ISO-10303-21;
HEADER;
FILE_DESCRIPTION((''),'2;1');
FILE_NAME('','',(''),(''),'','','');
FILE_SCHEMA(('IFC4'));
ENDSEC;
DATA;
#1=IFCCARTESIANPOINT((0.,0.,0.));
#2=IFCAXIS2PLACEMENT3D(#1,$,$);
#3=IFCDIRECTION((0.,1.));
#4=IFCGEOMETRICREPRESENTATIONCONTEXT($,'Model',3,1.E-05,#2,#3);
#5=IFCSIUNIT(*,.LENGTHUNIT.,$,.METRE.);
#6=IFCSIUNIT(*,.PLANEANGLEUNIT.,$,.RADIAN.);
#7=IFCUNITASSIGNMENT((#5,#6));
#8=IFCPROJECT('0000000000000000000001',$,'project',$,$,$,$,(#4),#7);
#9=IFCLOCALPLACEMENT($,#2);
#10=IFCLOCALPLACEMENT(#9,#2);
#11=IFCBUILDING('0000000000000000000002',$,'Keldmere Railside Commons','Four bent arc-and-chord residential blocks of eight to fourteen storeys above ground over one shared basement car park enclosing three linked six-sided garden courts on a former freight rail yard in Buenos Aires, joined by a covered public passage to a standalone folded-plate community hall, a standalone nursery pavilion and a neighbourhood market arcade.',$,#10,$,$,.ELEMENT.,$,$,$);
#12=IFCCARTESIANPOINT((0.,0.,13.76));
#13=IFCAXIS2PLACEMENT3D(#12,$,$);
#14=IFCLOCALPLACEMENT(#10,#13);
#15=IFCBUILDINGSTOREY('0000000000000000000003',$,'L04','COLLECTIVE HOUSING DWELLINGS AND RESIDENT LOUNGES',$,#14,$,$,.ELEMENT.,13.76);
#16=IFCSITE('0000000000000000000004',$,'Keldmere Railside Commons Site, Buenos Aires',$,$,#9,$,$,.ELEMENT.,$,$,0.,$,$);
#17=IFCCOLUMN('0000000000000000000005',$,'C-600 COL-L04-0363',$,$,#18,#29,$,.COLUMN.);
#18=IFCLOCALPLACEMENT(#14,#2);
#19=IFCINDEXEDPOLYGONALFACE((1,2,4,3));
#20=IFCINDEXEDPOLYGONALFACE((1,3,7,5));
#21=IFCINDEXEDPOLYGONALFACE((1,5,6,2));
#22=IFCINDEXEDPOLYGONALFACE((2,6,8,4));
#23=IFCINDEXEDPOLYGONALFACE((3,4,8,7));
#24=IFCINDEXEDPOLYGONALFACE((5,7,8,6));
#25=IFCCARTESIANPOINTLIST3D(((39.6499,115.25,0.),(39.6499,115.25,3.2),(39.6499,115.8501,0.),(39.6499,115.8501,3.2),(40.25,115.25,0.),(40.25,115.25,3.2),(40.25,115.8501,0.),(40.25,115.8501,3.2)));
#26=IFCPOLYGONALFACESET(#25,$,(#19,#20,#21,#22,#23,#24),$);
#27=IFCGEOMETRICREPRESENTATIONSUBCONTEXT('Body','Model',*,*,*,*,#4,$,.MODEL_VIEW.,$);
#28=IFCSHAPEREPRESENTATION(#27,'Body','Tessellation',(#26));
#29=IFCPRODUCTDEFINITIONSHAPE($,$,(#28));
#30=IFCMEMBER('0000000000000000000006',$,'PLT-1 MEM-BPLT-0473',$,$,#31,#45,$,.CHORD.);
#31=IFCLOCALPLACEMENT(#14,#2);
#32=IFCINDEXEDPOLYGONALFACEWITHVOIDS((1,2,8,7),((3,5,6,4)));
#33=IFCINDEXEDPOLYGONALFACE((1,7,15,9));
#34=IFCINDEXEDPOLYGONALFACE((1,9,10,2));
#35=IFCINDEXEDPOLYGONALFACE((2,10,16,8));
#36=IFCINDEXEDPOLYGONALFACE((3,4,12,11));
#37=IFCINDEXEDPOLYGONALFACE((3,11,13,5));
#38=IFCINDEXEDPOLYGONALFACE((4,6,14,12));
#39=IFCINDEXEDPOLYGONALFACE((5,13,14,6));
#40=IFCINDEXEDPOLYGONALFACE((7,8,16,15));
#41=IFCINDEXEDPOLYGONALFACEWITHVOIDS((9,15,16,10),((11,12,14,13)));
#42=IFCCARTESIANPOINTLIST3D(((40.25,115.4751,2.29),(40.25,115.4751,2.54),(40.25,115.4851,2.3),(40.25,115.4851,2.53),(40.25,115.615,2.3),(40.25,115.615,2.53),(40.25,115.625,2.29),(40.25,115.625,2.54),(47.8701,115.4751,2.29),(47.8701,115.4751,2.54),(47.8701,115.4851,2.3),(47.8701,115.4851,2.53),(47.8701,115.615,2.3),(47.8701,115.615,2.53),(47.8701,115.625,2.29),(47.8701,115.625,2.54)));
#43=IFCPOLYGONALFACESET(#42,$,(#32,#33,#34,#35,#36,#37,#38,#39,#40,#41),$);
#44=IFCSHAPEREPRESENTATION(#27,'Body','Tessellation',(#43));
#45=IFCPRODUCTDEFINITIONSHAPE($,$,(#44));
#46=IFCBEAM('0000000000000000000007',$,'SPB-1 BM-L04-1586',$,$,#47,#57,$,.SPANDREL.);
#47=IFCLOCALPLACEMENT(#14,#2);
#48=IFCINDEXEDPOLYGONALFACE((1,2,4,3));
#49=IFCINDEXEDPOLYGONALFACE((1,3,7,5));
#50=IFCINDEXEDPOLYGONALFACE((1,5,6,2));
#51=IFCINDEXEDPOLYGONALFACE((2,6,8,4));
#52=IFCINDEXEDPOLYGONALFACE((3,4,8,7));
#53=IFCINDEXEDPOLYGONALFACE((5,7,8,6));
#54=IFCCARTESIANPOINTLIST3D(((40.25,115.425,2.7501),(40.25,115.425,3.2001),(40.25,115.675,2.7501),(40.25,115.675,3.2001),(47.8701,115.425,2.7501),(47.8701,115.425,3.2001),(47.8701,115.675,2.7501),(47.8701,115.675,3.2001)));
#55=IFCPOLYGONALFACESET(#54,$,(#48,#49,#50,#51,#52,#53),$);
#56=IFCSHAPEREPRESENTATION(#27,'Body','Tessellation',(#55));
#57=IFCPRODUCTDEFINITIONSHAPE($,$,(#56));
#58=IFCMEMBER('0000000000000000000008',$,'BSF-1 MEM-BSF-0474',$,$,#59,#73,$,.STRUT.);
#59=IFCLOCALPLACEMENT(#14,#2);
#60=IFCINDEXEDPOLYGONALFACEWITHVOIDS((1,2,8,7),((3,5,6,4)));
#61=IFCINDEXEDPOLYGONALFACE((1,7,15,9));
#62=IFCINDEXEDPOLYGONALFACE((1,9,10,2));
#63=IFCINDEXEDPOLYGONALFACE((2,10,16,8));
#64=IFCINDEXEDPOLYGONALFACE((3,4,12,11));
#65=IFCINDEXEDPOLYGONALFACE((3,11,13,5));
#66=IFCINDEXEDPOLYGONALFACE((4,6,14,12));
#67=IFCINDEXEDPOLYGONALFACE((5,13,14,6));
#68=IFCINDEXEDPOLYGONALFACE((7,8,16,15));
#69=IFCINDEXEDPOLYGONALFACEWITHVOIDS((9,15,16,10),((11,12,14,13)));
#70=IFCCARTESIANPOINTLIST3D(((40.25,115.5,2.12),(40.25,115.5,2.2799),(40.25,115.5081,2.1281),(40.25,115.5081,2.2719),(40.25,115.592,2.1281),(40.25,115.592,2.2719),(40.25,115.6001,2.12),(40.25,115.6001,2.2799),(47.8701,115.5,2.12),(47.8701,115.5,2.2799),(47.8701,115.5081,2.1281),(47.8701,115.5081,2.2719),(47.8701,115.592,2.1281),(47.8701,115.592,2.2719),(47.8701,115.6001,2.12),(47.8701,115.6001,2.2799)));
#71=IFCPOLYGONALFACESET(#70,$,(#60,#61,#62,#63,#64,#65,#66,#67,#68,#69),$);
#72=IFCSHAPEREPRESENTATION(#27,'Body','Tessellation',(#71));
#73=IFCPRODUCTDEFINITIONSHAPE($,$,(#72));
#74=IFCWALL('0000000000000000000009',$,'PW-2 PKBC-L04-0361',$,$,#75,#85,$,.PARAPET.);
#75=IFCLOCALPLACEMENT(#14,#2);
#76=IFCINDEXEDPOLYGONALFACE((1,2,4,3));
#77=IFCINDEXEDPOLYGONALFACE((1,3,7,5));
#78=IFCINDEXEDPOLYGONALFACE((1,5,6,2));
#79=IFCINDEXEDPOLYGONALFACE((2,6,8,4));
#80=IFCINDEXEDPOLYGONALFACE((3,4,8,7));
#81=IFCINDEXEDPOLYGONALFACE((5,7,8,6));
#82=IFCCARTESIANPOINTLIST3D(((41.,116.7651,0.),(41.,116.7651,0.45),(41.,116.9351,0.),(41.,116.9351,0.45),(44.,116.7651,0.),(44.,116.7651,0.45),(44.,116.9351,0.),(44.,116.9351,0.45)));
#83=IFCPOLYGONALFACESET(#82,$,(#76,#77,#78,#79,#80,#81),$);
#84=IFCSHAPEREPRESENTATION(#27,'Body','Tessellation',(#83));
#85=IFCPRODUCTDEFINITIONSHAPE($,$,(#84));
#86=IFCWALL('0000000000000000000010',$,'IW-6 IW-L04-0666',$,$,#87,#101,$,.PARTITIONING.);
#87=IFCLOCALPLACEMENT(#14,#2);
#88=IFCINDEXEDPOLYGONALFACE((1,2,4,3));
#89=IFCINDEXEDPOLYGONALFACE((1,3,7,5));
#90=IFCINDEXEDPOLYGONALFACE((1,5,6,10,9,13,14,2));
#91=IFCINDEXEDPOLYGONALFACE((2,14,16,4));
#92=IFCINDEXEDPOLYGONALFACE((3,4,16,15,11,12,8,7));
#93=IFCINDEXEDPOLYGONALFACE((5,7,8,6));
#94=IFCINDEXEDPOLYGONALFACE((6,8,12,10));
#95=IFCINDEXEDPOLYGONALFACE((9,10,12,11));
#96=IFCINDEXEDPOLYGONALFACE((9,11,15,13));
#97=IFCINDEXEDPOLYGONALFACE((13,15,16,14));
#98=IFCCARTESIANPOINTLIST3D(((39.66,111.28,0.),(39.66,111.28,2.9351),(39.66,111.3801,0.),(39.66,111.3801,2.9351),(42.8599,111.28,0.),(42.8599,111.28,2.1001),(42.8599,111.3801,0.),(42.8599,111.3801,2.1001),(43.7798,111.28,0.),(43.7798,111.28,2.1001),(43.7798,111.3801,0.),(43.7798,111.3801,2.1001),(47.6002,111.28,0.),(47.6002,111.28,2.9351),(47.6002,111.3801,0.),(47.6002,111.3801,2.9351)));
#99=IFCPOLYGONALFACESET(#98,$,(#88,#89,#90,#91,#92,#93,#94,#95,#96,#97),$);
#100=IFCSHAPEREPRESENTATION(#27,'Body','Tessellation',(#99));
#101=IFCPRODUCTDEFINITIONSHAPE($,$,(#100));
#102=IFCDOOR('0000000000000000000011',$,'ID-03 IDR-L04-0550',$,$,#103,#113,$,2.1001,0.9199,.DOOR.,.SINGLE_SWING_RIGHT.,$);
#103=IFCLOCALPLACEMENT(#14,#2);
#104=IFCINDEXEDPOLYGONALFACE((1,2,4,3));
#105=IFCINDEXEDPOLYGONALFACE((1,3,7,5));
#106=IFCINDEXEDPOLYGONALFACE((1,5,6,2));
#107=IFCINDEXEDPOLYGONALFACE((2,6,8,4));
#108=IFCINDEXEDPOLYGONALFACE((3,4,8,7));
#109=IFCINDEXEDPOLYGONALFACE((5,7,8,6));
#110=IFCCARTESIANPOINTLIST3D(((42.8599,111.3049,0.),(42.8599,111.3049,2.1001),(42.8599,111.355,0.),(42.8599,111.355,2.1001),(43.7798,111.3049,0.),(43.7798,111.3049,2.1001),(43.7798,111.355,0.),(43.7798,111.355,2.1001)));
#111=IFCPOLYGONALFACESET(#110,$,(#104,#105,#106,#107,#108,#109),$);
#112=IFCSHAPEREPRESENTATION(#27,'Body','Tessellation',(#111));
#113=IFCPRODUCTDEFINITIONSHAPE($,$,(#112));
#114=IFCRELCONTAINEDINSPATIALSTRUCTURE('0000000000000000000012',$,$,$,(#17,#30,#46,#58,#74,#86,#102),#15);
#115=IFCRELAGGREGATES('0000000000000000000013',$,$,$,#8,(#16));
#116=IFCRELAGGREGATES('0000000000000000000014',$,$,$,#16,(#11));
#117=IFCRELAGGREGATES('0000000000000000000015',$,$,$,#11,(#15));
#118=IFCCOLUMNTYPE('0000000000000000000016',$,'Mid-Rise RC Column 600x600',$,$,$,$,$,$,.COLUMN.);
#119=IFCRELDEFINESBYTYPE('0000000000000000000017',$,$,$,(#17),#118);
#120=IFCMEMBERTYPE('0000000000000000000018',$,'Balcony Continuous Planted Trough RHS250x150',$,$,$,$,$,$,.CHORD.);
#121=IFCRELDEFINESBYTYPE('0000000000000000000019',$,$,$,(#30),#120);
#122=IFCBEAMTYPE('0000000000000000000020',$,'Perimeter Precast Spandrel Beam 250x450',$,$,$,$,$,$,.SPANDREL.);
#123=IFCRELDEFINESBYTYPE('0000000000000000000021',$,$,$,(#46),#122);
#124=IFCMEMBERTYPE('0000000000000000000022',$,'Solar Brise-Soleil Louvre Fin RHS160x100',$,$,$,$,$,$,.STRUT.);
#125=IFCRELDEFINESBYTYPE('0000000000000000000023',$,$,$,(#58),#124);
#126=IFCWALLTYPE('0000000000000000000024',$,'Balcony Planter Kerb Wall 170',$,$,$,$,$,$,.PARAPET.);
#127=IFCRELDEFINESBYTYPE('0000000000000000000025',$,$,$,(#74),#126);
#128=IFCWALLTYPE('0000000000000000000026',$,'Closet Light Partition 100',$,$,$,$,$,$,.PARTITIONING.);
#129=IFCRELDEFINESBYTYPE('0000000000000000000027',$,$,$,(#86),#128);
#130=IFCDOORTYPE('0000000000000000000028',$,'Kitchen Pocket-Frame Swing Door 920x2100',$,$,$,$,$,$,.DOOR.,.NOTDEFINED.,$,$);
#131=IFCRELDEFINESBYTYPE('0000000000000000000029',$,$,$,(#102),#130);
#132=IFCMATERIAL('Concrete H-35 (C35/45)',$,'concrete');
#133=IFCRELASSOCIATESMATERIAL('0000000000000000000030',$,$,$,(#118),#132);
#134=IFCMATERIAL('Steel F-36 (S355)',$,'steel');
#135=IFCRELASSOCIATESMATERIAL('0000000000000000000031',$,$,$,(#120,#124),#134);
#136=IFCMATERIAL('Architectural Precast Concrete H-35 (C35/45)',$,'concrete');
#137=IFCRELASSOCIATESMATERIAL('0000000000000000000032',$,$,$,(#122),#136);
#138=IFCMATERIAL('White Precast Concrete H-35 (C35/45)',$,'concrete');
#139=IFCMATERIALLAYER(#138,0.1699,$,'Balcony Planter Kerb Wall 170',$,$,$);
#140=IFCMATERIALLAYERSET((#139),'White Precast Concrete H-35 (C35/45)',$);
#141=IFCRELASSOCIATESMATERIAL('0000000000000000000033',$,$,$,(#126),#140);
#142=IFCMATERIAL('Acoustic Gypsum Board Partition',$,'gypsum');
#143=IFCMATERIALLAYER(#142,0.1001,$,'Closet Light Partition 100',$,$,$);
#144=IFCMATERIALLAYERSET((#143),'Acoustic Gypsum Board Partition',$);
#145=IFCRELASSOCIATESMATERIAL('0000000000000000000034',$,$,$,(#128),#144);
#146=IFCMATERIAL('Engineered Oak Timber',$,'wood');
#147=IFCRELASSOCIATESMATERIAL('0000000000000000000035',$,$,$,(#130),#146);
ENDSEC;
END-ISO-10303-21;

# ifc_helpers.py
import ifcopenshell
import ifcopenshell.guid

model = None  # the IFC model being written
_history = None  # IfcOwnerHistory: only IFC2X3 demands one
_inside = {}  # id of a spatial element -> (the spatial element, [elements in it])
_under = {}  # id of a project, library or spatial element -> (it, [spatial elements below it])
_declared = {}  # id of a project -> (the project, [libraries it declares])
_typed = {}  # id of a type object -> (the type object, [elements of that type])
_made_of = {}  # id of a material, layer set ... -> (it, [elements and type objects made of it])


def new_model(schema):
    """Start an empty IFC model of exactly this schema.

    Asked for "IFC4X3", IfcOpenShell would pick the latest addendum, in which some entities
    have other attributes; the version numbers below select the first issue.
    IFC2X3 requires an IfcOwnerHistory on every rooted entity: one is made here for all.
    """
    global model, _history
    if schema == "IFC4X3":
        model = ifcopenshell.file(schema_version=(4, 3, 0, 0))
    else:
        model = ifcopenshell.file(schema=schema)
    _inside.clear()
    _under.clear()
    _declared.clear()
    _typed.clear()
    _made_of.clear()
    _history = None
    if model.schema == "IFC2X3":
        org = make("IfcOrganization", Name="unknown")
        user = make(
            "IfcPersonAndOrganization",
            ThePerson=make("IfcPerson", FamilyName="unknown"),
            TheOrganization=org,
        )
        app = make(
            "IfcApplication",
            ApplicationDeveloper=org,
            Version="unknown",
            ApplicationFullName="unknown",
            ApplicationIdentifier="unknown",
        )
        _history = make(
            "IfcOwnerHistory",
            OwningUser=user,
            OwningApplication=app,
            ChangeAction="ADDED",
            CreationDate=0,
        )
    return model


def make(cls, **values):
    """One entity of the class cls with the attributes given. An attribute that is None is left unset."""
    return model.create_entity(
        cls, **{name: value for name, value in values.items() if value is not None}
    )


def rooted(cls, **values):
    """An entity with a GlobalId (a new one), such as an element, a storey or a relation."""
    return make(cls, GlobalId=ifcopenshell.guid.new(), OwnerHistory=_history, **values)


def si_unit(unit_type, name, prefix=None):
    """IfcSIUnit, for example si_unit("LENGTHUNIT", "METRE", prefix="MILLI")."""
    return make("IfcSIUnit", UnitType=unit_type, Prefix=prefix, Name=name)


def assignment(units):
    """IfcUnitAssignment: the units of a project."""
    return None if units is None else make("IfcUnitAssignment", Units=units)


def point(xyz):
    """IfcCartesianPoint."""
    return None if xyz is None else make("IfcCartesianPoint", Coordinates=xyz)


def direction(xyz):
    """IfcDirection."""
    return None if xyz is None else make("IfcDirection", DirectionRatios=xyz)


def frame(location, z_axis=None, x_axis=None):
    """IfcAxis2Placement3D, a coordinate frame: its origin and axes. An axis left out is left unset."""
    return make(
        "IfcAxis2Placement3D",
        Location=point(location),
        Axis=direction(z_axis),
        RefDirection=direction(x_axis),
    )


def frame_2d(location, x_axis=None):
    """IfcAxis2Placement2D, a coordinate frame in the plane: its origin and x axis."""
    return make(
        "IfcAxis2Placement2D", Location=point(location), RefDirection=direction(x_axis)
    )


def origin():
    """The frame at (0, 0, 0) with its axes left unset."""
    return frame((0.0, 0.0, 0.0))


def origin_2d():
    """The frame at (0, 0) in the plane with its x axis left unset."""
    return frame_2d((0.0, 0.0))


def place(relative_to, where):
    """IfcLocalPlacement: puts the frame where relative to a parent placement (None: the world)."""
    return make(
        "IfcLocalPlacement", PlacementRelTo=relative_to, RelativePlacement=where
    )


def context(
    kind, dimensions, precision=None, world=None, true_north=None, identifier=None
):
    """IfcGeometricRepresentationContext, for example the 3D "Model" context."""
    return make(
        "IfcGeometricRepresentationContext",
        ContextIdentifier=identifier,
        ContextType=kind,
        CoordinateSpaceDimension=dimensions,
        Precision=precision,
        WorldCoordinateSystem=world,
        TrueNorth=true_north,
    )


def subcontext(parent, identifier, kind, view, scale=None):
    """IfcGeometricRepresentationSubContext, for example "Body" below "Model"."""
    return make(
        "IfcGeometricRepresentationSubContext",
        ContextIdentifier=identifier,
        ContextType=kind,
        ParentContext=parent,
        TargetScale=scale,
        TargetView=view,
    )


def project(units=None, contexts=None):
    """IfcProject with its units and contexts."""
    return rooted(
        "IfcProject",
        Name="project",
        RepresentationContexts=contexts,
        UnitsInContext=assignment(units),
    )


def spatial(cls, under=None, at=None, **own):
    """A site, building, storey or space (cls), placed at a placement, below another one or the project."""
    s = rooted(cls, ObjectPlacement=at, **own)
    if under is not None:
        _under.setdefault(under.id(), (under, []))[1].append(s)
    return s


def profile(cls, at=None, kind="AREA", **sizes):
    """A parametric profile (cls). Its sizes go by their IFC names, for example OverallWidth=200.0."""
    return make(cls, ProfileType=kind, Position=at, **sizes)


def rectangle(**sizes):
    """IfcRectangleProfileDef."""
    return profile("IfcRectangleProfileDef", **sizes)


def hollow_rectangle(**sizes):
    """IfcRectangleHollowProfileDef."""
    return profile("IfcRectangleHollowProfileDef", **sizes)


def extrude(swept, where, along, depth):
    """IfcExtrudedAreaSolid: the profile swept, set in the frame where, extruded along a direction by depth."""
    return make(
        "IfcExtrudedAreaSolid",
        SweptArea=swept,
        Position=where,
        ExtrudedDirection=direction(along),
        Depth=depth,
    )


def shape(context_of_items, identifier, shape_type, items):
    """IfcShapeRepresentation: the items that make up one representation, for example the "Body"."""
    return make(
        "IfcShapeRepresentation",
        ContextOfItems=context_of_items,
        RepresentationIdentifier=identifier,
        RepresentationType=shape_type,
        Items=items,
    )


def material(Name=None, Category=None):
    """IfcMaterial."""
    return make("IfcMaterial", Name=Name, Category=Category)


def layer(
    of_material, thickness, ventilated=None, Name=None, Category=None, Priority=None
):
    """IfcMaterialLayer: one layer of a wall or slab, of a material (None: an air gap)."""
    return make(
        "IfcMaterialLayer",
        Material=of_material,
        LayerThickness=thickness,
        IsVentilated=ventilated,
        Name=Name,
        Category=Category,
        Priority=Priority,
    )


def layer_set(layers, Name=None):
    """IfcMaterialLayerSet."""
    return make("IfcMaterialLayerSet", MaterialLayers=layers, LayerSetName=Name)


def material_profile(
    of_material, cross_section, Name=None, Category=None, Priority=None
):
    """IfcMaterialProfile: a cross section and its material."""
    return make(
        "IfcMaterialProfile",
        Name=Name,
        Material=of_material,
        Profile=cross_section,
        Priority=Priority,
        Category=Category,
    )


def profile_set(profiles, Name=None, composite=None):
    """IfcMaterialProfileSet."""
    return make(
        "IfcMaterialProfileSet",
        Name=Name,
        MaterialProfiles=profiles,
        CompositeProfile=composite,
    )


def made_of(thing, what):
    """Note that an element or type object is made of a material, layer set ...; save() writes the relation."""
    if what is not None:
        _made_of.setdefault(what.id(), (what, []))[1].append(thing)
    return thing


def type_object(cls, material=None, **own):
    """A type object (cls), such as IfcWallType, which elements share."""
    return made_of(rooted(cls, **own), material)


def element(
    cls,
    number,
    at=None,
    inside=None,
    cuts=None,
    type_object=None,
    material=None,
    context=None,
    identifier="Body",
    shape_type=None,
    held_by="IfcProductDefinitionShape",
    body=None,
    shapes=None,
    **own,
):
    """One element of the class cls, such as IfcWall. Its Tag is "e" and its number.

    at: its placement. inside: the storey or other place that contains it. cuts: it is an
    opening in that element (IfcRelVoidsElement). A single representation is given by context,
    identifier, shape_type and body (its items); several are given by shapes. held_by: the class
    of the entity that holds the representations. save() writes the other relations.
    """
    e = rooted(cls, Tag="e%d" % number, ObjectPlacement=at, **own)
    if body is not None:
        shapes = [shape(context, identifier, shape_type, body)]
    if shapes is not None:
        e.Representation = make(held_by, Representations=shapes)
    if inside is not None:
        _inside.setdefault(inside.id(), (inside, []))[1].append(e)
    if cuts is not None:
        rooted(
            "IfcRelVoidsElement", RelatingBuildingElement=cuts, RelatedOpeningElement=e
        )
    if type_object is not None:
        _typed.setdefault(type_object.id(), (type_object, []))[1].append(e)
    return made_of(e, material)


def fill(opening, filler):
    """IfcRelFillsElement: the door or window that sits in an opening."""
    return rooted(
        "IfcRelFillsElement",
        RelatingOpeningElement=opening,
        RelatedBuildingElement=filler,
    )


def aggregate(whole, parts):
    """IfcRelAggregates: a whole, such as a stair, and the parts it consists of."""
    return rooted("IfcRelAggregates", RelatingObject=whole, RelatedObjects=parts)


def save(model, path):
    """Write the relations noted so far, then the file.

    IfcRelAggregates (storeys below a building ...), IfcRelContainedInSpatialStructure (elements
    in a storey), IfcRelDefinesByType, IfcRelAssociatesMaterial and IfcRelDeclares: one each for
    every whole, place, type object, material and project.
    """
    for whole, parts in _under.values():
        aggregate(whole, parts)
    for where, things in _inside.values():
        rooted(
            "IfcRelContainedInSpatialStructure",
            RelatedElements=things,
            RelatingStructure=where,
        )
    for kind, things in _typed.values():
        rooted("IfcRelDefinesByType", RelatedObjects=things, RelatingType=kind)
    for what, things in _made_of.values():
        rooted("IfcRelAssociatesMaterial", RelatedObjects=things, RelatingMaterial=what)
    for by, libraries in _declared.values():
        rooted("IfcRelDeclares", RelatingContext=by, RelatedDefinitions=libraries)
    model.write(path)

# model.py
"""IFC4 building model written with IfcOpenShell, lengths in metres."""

from ifc_helpers import new_model, si_unit, direction, frame, frame_2d, origin, origin_2d, place, context, subcontext, project, spatial, rectangle, hollow_rectangle, extrude, material, layer, layer_set, material_profile, profile_set, type_object, element, fill, save


model = new_model("IFC4")

# Units and contexts
model_context = context("Model", 3, precision=1e-05, world=origin(), true_north=direction((0.0, 1.0)))
body_context = subcontext(model_context, "Body", "Model", "MODEL_VIEW")
ifc_project = project(units=[si_unit("LENGTHUNIT", "METRE"), si_unit("PLANEANGLEUNIT", "RADIAN")], contexts=[model_context])

# Site, building, storey
site_placement = place(None, origin())
site = spatial("IfcSite", under=ifc_project, at=site_placement, Name="Keldmere Railside Commons Site, Buenos Aires", CompositionType="ELEMENT", RefElevation=0.0)
building_placement = place(site_placement, origin())
building = spatial("IfcBuilding", under=site, at=building_placement, Name="Keldmere Railside Commons", Description="Four bent arc-and-chord residential blocks of eight to fourteen storeys above ground over one shared basement car park enclosing three linked six-sided garden courts on a former freight rail yard in Buenos Aires, joined by a covered public passage to a standalone folded-plate community hall, a standalone nursery pavilion and a neighbourhood market arcade.", CompositionType="ELEMENT")
storey_placement = place(building_placement, frame((0.0, 0.0, 13.76)))
storey = spatial("IfcBuildingStorey", under=building, at=storey_placement, Name="L04", Description="COLLECTIVE HOUSING DWELLINGS AND RESIDENT LOUNGES", CompositionType="ELEMENT", Elevation=13.76)

# Column
ifc_material_1 = material(Name="Concrete H-35 (C35/45)", Category="concrete")
ifc_material_profile_1 = material_profile(ifc_material_1, rectangle(XDim=0.6001, YDim=0.6001, at=origin_2d()), Name="RC-600x600")
ifc_profile_set_1 = profile_set([ifc_material_profile_1], Name="Concrete H-35 (C35/45)")
column_type = type_object("IfcColumnType", Name="Mid-Rise RC Column 600x600", PredefinedType="COLUMN", material=ifc_profile_set_1)
column_placement = place(storey_placement, frame((39.95, 115.55, 0.0), z_axis=(0.0, 0.0, 1.0), x_axis=(1.0, 0.0, 0.0)))
element("IfcColumn", 1, at=column_placement, inside=storey, type_object=column_type, Name="C-600 COL-L04-0363", PredefinedType="COLUMN", context=body_context, shape_type="SweptSolid", body=[
    extrude(rectangle(XDim=0.6001, YDim=0.6001, at=origin_2d()), origin(), (0.0, 0.0, 1.0), 3.2),
])

# Member
ifc_material_2 = material(Name="Steel F-36 (S355)", Category="steel")
ifc_material_profile_2 = material_profile(ifc_material_2, hollow_rectangle(XDim=0.1499, YDim=0.25, WallThickness=0.01, at=origin_2d()), Name="RHS-250x150x10")
ifc_profile_set_2 = profile_set([ifc_material_profile_2], Name="Steel F-36 (S355)")
member_type_1 = type_object("IfcMemberType", Name="Balcony Continuous Planted Trough RHS250x150", PredefinedType="CHORD", material=ifc_profile_set_2)
member_1_placement = place(storey_placement, frame((40.25, 115.55, 2.415), z_axis=(1.0, 0.0, 0.0), x_axis=(0.0, 1.0, 0.0)))
element("IfcMember", 2, at=member_1_placement, inside=storey, type_object=member_type_1, Name="PLT-1 MEM-BPLT-0473", PredefinedType="CHORD", context=body_context, shape_type="SweptSolid", body=[
    extrude(hollow_rectangle(XDim=0.1499, YDim=0.25, WallThickness=0.01, at=origin_2d()), origin(), (0.0, 0.0, 1.0), 7.6201),
])

# Beam
ifc_material_3 = material(Name="Architectural Precast Concrete H-35 (C35/45)", Category="concrete")
ifc_material_profile_3 = material_profile(ifc_material_3, rectangle(XDim=0.25, YDim=0.45, at=origin_2d()), Name="RC-250x450")
ifc_profile_set_3 = profile_set([ifc_material_profile_3], Name="Architectural Precast Concrete H-35 (C35/45)")
beam_type = type_object("IfcBeamType", Name="Perimeter Precast Spandrel Beam 250x450", PredefinedType="SPANDREL", material=ifc_profile_set_3)
beam_placement = place(storey_placement, frame((40.25, 115.55, 2.9751), z_axis=(1.0, 0.0, 0.0), x_axis=(0.0, 1.0, 0.0)))
element("IfcBeam", 3, at=beam_placement, inside=storey, type_object=beam_type, Name="SPB-1 BM-L04-1586", PredefinedType="SPANDREL", context=body_context, shape_type="SweptSolid", body=[
    extrude(rectangle(XDim=0.25, YDim=0.45, at=origin_2d()), origin(), (0.0, 0.0, 1.0), 7.6201),
])

# Member
ifc_material_profile_4 = material_profile(ifc_material_2, hollow_rectangle(XDim=0.1001, YDim=0.1599, WallThickness=0.0081, at=origin_2d()), Name="RHS-160x100x8")
ifc_profile_set_4 = profile_set([ifc_material_profile_4], Name="Steel F-36 (S355)")
member_type_2 = type_object("IfcMemberType", Name="Solar Brise-Soleil Louvre Fin RHS160x100", PredefinedType="STRUT", material=ifc_profile_set_4)
member_2_placement = place(storey_placement, frame((40.25, 115.55, 2.2), z_axis=(1.0, 0.0, 0.0), x_axis=(0.0, 1.0, 0.0)))
element("IfcMember", 4, at=member_2_placement, inside=storey, type_object=member_type_2, Name="BSF-1 MEM-BSF-0474", PredefinedType="STRUT", context=body_context, shape_type="SweptSolid", body=[
    extrude(hollow_rectangle(XDim=0.1001, YDim=0.1599, WallThickness=0.0081, at=origin_2d()), origin(), (0.0, 0.0, 1.0), 7.6201),
])

# Wall
ifc_material_4 = material(Name="White Precast Concrete H-35 (C35/45)", Category="concrete")
ifc_layer_1 = layer(ifc_material_4, 0.1699, Name="Balcony Planter Kerb Wall 170")
ifc_layer_set_1 = layer_set([ifc_layer_1], Name="White Precast Concrete H-35 (C35/45)")
wall_type_1 = type_object("IfcWallType", Name="Balcony Planter Kerb Wall 170", PredefinedType="PARAPET", material=ifc_layer_set_1)
wall_1_placement = place(storey_placement, frame((41.0, 116.8501, 0.0), z_axis=(0.0, 0.0, 1.0), x_axis=(1.0, 0.0, 0.0)))
element("IfcWall", 5, at=wall_1_placement, inside=storey, type_object=wall_type_1, Name="PW-2 PKBC-L04-0361", PredefinedType="PARAPET", context=body_context, shape_type="SweptSolid", body=[
    extrude(rectangle(XDim=3.0, YDim=0.1699, at=frame_2d((1.5, 0.0))), origin(), (0.0, 0.0, 1.0), 0.45),
])

# Wall, opening, door
ifc_material_5 = material(Name="Acoustic Gypsum Board Partition", Category="gypsum")
ifc_layer_2 = layer(ifc_material_5, 0.1001, Name="Closet Light Partition 100")
ifc_layer_set_2 = layer_set([ifc_layer_2], Name="Acoustic Gypsum Board Partition")
wall_type_2 = type_object("IfcWallType", Name="Closet Light Partition 100", PredefinedType="PARTITIONING", material=ifc_layer_set_2)
wall_2_placement = place(storey_placement, frame((39.6599, 111.3301, 0.0), z_axis=(0.0, 0.0, 1.0), x_axis=(1.0, 0.0, 0.0)))
wall_2 = element("IfcWall", 6, at=wall_2_placement, inside=storey, type_object=wall_type_2, Name="IW-6 IW-L04-0666", PredefinedType="PARTITIONING", context=body_context, shape_type="SweptSolid", body=[
    extrude(rectangle(XDim=7.9402, YDim=0.1001, at=frame_2d((3.9702, 0.0))), origin(), (0.0, 0.0, 1.0), 2.9351),
])
opening_1_placement = place(wall_2_placement, frame((3.2, 0.0, 0.0)))
opening_1 = element("IfcOpeningElement", 7, at=opening_1_placement, cuts=wall_2, PredefinedType="OPENING", context=body_context, shape_type="SweptSolid", body=[
    extrude(rectangle(XDim=0.9199, YDim=2.1001, at=frame_2d((0.46, 1.05))), frame((0.0, 0.0601, 0.0), z_axis=(0.0, -1.0, 0.0), x_axis=(1.0, 0.0, 0.0)), (0.0, 0.0, 1.0), 0.1201),
])
ifc_material_6 = material(Name="Engineered Oak Timber", Category="wood")
door_type_1 = type_object("IfcDoorType", Name="Kitchen Pocket-Frame Swing Door 920x2100", OperationType="NOTDEFINED", PredefinedType="DOOR", material=ifc_material_6)
door_1_placement = place(opening_1_placement, origin())
door_1 = element("IfcDoor", 8, at=door_1_placement, inside=storey, type_object=door_type_1, Name="ID-03 IDR-L04-0550", OperationType="SINGLE_SWING_RIGHT", OverallHeight=2.1001, OverallWidth=0.9199, PredefinedType="DOOR", context=body_context, shape_type="SweptSolid", body=[
    extrude(rectangle(XDim=0.9199, YDim=2.1001, at=frame_2d((0.46, 1.05))), frame((0.0, 0.0249, 0.0), z_axis=(0.0, -1.0, 0.0), x_axis=(1.0, 0.0, 0.0)), (0.0, 0.0, 1.0), 0.05),
])
fill(opening_1, door_1)

save(model, "model.ifc")
